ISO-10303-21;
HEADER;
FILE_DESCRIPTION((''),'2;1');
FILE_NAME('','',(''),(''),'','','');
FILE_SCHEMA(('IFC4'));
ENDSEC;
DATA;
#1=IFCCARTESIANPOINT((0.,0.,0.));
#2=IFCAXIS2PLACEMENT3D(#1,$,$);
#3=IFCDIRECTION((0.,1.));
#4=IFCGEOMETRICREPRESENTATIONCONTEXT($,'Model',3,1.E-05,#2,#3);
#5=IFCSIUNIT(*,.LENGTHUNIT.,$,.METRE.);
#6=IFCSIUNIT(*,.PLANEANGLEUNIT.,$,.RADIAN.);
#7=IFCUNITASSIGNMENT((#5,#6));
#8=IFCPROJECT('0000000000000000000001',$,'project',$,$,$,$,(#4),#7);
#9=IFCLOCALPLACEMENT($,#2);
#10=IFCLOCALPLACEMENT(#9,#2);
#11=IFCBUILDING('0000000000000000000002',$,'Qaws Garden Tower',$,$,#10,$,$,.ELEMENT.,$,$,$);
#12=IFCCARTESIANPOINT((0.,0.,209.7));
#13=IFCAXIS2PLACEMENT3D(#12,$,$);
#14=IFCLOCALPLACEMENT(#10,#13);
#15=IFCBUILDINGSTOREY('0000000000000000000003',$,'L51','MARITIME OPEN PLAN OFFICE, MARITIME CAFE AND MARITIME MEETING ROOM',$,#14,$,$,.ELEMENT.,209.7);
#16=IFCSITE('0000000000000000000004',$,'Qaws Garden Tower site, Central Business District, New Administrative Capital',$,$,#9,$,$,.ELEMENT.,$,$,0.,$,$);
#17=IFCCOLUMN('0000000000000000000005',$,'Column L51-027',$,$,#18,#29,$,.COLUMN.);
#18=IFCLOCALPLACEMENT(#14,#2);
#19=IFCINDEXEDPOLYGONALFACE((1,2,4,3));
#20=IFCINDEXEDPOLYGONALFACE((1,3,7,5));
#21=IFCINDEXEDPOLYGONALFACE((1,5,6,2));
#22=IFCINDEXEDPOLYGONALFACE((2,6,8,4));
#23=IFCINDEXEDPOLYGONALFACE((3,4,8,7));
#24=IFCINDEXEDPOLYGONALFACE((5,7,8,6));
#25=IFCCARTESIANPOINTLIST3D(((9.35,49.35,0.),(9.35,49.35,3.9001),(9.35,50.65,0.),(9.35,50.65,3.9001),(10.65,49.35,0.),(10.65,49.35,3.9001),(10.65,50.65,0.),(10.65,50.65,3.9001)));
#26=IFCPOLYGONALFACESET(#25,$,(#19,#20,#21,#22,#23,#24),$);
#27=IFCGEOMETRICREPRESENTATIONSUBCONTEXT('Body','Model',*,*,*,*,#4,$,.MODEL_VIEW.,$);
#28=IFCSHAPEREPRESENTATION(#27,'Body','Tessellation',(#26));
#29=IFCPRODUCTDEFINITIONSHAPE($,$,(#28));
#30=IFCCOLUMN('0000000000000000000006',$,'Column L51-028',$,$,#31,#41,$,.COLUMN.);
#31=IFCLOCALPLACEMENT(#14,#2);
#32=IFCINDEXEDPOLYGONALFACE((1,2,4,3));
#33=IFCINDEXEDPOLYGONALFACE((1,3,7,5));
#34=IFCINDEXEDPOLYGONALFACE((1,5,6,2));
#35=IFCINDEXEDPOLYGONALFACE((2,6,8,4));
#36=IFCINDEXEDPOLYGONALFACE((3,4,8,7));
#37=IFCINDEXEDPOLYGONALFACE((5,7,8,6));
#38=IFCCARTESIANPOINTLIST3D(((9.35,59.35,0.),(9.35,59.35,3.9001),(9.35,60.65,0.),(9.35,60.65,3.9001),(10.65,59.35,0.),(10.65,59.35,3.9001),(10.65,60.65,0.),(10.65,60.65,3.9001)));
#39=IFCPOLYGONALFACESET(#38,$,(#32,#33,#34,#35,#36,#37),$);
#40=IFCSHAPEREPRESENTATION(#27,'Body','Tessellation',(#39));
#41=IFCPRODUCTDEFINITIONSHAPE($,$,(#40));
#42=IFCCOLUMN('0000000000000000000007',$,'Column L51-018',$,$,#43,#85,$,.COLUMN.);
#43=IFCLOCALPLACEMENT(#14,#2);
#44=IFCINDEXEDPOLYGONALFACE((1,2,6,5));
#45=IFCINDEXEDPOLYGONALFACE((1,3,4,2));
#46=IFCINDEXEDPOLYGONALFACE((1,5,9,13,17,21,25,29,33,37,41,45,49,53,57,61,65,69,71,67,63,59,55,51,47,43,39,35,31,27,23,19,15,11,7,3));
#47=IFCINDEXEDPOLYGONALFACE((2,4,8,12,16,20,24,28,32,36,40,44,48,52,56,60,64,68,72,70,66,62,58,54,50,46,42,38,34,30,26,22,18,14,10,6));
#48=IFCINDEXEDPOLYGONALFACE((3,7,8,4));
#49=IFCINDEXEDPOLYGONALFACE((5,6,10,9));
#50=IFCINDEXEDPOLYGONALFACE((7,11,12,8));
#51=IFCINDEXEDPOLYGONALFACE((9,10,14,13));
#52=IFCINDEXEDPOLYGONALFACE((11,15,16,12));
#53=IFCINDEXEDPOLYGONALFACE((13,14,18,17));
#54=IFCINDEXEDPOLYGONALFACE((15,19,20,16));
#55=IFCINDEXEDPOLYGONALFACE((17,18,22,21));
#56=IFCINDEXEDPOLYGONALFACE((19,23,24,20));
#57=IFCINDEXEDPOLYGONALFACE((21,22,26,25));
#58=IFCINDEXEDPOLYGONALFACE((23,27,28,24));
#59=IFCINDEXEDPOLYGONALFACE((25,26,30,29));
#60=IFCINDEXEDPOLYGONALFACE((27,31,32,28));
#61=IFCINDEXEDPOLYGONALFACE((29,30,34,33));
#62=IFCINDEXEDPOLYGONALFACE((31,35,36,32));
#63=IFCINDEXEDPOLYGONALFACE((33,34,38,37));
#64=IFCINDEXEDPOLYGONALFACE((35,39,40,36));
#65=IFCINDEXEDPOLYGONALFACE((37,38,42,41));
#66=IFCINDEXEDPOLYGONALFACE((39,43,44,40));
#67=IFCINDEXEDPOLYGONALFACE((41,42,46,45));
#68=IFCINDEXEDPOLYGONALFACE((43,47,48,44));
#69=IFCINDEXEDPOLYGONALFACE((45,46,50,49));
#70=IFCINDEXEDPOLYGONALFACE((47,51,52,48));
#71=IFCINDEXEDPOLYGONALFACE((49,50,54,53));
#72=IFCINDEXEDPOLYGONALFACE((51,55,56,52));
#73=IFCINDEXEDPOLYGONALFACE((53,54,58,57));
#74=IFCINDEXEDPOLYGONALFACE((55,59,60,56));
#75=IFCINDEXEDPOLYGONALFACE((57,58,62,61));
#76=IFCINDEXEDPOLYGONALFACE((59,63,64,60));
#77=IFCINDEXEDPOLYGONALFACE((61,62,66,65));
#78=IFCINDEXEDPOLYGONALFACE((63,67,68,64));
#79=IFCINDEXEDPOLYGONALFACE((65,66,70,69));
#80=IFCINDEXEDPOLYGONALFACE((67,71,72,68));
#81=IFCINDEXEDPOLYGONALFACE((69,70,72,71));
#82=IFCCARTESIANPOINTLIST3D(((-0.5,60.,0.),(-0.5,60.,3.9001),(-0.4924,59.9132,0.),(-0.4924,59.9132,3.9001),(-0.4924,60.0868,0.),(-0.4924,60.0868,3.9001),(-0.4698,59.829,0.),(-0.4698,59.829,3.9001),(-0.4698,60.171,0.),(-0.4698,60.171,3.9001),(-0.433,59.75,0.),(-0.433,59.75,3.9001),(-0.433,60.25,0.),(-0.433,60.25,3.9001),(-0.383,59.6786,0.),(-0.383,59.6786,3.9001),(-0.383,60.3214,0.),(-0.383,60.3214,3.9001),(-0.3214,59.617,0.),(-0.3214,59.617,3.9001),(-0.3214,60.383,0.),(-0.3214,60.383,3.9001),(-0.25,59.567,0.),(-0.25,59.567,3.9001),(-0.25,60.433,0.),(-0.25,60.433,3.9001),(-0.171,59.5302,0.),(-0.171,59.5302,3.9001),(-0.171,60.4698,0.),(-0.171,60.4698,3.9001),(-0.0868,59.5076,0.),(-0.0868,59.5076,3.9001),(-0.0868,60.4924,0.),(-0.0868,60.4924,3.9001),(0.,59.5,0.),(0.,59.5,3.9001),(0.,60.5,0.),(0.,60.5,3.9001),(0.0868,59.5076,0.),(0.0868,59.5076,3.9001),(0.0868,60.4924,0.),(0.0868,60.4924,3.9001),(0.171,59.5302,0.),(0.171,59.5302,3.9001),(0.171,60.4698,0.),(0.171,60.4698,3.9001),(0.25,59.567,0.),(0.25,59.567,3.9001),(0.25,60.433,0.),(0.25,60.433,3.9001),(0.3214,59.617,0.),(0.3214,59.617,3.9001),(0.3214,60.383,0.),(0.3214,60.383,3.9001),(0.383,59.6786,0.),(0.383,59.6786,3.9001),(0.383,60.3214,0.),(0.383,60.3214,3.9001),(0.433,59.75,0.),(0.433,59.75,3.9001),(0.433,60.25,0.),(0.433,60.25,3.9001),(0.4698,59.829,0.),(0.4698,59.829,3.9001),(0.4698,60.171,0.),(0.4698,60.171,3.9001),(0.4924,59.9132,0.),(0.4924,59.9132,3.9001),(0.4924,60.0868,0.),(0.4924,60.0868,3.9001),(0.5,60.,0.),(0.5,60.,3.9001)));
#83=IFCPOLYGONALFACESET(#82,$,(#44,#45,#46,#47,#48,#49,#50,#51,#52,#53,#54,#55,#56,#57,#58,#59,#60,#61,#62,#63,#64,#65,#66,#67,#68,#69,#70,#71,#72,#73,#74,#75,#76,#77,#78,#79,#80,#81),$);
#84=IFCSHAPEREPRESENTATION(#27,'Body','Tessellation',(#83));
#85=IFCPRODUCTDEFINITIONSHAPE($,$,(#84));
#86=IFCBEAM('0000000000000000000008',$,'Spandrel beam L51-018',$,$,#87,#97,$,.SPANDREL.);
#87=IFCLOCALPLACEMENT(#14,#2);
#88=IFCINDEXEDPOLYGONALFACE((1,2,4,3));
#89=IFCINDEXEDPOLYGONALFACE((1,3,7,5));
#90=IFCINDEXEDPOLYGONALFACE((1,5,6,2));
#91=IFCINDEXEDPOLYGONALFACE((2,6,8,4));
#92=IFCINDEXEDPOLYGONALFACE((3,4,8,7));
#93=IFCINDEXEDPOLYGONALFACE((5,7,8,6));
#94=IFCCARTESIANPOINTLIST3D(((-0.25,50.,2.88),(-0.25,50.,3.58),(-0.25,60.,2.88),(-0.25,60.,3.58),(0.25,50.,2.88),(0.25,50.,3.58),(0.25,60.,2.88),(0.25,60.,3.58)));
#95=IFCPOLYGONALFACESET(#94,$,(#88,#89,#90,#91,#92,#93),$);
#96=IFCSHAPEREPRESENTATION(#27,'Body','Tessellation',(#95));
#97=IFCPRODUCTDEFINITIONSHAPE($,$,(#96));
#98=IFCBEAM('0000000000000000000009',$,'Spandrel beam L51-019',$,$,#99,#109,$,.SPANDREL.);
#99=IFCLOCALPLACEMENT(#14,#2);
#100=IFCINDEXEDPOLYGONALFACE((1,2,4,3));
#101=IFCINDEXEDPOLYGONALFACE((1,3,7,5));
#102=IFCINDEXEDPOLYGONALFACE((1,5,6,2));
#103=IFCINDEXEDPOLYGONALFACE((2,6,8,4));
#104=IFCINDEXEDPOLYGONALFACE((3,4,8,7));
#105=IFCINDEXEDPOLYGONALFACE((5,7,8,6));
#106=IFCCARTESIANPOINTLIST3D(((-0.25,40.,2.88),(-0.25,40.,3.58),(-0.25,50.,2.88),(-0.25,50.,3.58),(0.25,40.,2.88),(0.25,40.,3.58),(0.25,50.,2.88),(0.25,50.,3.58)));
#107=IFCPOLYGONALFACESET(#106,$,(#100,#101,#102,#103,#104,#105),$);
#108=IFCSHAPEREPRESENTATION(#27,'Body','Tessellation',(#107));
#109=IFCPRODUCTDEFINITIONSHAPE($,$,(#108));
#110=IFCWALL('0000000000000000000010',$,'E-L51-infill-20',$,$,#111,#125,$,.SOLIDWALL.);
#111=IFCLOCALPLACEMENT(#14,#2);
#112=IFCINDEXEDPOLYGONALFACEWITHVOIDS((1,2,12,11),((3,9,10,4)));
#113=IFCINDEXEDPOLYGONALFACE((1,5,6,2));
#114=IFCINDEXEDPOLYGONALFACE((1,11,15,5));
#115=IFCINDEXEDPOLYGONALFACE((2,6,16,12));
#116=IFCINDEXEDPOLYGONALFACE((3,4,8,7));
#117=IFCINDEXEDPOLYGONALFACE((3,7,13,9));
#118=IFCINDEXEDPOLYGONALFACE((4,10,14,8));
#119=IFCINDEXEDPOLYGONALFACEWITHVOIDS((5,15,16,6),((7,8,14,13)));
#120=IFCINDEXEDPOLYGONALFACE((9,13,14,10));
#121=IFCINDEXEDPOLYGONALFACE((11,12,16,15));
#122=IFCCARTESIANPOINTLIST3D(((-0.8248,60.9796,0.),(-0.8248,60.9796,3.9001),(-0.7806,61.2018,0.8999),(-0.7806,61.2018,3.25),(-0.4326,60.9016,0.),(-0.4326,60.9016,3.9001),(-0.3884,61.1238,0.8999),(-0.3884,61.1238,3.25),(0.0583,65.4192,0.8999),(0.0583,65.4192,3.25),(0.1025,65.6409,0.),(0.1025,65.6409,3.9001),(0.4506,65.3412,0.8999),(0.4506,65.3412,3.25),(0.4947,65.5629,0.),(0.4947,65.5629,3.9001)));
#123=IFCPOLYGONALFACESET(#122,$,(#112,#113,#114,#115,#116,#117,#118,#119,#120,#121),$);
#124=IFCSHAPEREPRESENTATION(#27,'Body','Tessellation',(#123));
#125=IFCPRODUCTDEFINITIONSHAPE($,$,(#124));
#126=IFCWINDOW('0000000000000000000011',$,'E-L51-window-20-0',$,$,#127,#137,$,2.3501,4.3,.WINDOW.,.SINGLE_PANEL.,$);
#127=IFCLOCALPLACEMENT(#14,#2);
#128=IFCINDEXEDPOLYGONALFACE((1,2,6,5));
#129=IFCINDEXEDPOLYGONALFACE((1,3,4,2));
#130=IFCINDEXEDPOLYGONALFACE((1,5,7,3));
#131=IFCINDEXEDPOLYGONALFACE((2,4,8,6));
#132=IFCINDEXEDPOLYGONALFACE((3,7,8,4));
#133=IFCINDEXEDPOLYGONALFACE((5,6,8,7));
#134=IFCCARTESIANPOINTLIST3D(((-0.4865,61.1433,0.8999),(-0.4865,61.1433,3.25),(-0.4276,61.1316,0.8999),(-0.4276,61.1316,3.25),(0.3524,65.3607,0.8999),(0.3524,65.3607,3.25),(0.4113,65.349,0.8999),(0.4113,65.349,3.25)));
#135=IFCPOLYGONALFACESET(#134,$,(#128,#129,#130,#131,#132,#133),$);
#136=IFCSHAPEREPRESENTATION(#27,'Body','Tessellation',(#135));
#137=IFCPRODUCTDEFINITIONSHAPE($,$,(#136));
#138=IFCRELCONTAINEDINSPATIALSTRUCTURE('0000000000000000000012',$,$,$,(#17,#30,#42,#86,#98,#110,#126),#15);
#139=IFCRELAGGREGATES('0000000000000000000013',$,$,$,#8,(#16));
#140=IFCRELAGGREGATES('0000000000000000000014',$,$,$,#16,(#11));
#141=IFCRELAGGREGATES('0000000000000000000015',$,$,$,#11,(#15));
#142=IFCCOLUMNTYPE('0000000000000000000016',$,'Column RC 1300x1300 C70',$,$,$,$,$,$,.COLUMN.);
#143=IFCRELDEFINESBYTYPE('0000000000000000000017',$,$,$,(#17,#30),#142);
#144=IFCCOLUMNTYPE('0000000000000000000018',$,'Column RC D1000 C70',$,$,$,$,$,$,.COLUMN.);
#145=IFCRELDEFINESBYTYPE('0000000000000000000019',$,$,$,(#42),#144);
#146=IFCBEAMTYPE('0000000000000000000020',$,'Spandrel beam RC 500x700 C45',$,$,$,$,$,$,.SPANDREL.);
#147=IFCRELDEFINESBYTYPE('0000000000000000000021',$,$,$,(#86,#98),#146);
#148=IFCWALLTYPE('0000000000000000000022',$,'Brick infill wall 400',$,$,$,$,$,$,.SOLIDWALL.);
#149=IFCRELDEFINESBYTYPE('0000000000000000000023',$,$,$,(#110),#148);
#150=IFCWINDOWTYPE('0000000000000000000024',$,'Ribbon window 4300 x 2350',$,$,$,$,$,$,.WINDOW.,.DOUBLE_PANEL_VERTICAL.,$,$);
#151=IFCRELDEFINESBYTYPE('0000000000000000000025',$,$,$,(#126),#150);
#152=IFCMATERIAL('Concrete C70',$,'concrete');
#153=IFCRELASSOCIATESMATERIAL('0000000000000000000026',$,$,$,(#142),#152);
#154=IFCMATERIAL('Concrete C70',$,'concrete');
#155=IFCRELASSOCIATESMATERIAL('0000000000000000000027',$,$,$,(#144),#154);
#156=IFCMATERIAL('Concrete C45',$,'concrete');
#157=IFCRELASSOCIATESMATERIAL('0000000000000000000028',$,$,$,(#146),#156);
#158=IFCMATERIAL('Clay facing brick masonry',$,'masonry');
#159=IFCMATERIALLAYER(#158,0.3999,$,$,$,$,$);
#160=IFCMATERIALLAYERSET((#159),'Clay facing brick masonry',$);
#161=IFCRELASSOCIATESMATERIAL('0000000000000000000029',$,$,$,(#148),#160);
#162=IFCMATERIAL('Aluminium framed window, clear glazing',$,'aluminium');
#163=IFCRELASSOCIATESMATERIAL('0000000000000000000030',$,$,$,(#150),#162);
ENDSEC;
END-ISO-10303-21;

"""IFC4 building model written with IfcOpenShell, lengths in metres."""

from ifc_helpers import new_model, si_unit, direction, frame, frame_2d, origin, origin_2d, place, context, subcontext, project, spatial, rectangle, circle, extrude, material, layer, layer_set, material_profile, profile_set, type_object, element, fill, save


model = new_model("IFC4")

# Units and contexts
model_context = context("Model", 3, precision=1e-05, world=origin(), true_north=direction((0.0, 1.0)))
body_context = subcontext(model_context, "Body", "Model", "MODEL_VIEW")
ifc_project = project(units=[si_unit("LENGTHUNIT", "METRE"), si_unit("PLANEANGLEUNIT", "RADIAN")], contexts=[model_context])

# Site, building, storey
site_placement = place(None, origin())
site = spatial("IfcSite", under=ifc_project, at=site_placement, Name="Qaws Garden Tower site, Central Business District, New Administrative Capital", CompositionType="ELEMENT", RefElevation=0.0)
building_placement = place(site_placement, origin())
building = spatial("IfcBuilding", under=site, at=building_placement, Name="Qaws Garden Tower", CompositionType="ELEMENT")
storey_placement = place(building_placement, frame((0.0, 0.0, 209.7)))
storey = spatial("IfcBuildingStorey", under=building, at=storey_placement, Name="L51", Description="MARITIME OPEN PLAN OFFICE, MARITIME CAFE AND MARITIME MEETING ROOM", CompositionType="ELEMENT", Elevation=209.7)

# Columns
ifc_material_1 = material(Name="Concrete C70", Category="concrete")
ifc_material_profile_1 = material_profile(ifc_material_1, rectangle(XDim=1.3, YDim=1.3, at=origin_2d()), Name="RC 1300x1300")
ifc_profile_set_1 = profile_set([ifc_material_profile_1], Name="Concrete C70")
column_type_1 = type_object("IfcColumnType", Name="Column RC 1300x1300 C70", PredefinedType="COLUMN", material=ifc_profile_set_1)
for number, where, z_axis, x_axis, name in (
    (1, (10.0, 50.0, 0.0), (0.0, 0.0, 1.0), (1.0, 0.0, 0.0), "Column L51-027"),
    (2, (10.0, 60.0, 0.0), (0.0, 0.0, 1.0), (1.0, 0.0, 0.0), "Column L51-028"),
):
    element("IfcColumn", number, at=place(storey_placement, frame(where, z_axis=z_axis, x_axis=x_axis)), inside=storey, type_object=column_type_1, Name=name, PredefinedType="COLUMN", context=body_context, shape_type="SweptSolid", body=[
        extrude(rectangle(XDim=1.3, YDim=1.3, at=origin_2d()), origin(), (0.0, 0.0, 1.0), 3.9001),
    ])
ifc_material_2 = material(Name="Concrete C70", Category="concrete")
ifc_material_profile_2 = material_profile(ifc_material_2, circle(Radius=0.5, at=origin_2d()), Name="RC D1000")
ifc_profile_set_2 = profile_set([ifc_material_profile_2], Name="Concrete C70")
column_type_2 = type_object("IfcColumnType", Name="Column RC D1000 C70", PredefinedType="COLUMN", material=ifc_profile_set_2)
column_placement = place(storey_placement, frame((0.0, 60.0, 0.0), z_axis=(0.0, 0.0, 1.0), x_axis=(1.0, 0.0, 0.0)))
element("IfcColumn", 3, at=column_placement, inside=storey, type_object=column_type_2, Name="Column L51-018", PredefinedType="COLUMN", context=body_context, shape_type="SweptSolid", body=[
    extrude(circle(Radius=0.5, at=origin_2d()), origin(), (0.0, 0.0, 1.0), 3.9001),
])

# Beams
ifc_material_3 = material(Name="Concrete C45", Category="concrete")
ifc_material_profile_3 = material_profile(ifc_material_3, rectangle(XDim=0.5, YDim=0.7, at=origin_2d()), Name="RC 500x700")
ifc_profile_set_3 = profile_set([ifc_material_profile_3], Name="Concrete C45")
beam_type = type_object("IfcBeamType", Name="Spandrel beam RC 500x700 C45", PredefinedType="SPANDREL", material=ifc_profile_set_3)
for number, where, z_axis, x_axis, name in (
    (4, (0.0, 60.0, 3.23), (0.0, -1.0, 0.0), (1.0, 0.0, 0.0), "Spandrel beam L51-018"),
    (5, (0.0, 50.0, 3.23), (0.0, -1.0, 0.0), (1.0, 0.0, 0.0), "Spandrel beam L51-019"),
):
    element("IfcBeam", number, at=place(storey_placement, frame(where, z_axis=z_axis, x_axis=x_axis)), inside=storey, type_object=beam_type, Name=name, PredefinedType="SPANDREL", context=body_context, shape_type="SweptSolid", body=[
        extrude(rectangle(XDim=0.5, YDim=0.7, at=origin_2d()), origin(), (0.0, 0.0, 1.0), 10.0),
    ])

# Wall, opening, window
ifc_material_4 = material(Name="Clay facing brick masonry", Category="masonry")
ifc_layer_1 = layer(ifc_material_4, 0.3999)
ifc_layer_set_1 = layer_set([ifc_layer_1], Name="Clay facing brick masonry")
wall_type_1 = type_object("IfcWallType", Name="Brick infill wall 400", PredefinedType="SOLIDWALL", material=ifc_layer_set_1)
wall_1_placement = place(storey_placement, frame((0.2986, 65.6021, 0.0), z_axis=(0.0, 0.0, 1.0), x_axis=(-0.195099, -0.980784, 0.0)))
wall_1 = element("IfcWall", 6, at=wall_1_placement, inside=storey, type_object=wall_type_1, Name="E-L51-infill-20", PredefinedType="SOLIDWALL", context=body_context, shape_type="SweptSolid", body=[
    extrude(rectangle(XDim=4.7527, YDim=0.3999, at=frame_2d((2.3765, 0.0))), origin(), (0.0, 0.0, 1.0), 3.9001),
])
opening_1_placement = place(wall_1_placement, frame((0.2263, 0.0, 0.8999)))
opening_1 = element("IfcOpeningElement", 7, at=opening_1_placement, cuts=wall_1, PredefinedType="OPENING", context=body_context, shape_type="SweptSolid", body=[
    extrude(rectangle(XDim=4.3, YDim=2.3501, at=frame_2d((2.1499, 1.175))), frame((0.0, 0.21, 0.0), z_axis=(0.0, -1.0, 0.0), x_axis=(1.0, 0.0, 0.0)), (0.0, 0.0, 1.0), 0.4199),
])
ifc_material_5 = material(Name="Aluminium framed window, clear glazing", Category="aluminium")
window_type_1 = type_object("IfcWindowType", Name="Ribbon window 4300 x 2350", PartitioningType="DOUBLE_PANEL_VERTICAL", PredefinedType="WINDOW", material=ifc_material_5)
window_1_placement = place(opening_1_placement, origin())
window_1 = element("IfcWindow", 8, at=window_1_placement, inside=storey, type_object=window_type_1, Name="E-L51-window-20-0", OverallHeight=2.3501, OverallWidth=4.3, PartitioningType="SINGLE_PANEL", PredefinedType="WINDOW", context=body_context, shape_type="SweptSolid", body=[
    extrude(rectangle(XDim=4.3, YDim=2.3501, at=frame_2d((2.1499, 1.175))), frame((0.0, 0.1599, 0.0), z_axis=(0.0, -1.0, 0.0), x_axis=(1.0, 0.0, 0.0)), (0.0, 0.0, 1.0), 0.0601),
])
fill(opening_1, window_1)

save(model, "model.ifc")
